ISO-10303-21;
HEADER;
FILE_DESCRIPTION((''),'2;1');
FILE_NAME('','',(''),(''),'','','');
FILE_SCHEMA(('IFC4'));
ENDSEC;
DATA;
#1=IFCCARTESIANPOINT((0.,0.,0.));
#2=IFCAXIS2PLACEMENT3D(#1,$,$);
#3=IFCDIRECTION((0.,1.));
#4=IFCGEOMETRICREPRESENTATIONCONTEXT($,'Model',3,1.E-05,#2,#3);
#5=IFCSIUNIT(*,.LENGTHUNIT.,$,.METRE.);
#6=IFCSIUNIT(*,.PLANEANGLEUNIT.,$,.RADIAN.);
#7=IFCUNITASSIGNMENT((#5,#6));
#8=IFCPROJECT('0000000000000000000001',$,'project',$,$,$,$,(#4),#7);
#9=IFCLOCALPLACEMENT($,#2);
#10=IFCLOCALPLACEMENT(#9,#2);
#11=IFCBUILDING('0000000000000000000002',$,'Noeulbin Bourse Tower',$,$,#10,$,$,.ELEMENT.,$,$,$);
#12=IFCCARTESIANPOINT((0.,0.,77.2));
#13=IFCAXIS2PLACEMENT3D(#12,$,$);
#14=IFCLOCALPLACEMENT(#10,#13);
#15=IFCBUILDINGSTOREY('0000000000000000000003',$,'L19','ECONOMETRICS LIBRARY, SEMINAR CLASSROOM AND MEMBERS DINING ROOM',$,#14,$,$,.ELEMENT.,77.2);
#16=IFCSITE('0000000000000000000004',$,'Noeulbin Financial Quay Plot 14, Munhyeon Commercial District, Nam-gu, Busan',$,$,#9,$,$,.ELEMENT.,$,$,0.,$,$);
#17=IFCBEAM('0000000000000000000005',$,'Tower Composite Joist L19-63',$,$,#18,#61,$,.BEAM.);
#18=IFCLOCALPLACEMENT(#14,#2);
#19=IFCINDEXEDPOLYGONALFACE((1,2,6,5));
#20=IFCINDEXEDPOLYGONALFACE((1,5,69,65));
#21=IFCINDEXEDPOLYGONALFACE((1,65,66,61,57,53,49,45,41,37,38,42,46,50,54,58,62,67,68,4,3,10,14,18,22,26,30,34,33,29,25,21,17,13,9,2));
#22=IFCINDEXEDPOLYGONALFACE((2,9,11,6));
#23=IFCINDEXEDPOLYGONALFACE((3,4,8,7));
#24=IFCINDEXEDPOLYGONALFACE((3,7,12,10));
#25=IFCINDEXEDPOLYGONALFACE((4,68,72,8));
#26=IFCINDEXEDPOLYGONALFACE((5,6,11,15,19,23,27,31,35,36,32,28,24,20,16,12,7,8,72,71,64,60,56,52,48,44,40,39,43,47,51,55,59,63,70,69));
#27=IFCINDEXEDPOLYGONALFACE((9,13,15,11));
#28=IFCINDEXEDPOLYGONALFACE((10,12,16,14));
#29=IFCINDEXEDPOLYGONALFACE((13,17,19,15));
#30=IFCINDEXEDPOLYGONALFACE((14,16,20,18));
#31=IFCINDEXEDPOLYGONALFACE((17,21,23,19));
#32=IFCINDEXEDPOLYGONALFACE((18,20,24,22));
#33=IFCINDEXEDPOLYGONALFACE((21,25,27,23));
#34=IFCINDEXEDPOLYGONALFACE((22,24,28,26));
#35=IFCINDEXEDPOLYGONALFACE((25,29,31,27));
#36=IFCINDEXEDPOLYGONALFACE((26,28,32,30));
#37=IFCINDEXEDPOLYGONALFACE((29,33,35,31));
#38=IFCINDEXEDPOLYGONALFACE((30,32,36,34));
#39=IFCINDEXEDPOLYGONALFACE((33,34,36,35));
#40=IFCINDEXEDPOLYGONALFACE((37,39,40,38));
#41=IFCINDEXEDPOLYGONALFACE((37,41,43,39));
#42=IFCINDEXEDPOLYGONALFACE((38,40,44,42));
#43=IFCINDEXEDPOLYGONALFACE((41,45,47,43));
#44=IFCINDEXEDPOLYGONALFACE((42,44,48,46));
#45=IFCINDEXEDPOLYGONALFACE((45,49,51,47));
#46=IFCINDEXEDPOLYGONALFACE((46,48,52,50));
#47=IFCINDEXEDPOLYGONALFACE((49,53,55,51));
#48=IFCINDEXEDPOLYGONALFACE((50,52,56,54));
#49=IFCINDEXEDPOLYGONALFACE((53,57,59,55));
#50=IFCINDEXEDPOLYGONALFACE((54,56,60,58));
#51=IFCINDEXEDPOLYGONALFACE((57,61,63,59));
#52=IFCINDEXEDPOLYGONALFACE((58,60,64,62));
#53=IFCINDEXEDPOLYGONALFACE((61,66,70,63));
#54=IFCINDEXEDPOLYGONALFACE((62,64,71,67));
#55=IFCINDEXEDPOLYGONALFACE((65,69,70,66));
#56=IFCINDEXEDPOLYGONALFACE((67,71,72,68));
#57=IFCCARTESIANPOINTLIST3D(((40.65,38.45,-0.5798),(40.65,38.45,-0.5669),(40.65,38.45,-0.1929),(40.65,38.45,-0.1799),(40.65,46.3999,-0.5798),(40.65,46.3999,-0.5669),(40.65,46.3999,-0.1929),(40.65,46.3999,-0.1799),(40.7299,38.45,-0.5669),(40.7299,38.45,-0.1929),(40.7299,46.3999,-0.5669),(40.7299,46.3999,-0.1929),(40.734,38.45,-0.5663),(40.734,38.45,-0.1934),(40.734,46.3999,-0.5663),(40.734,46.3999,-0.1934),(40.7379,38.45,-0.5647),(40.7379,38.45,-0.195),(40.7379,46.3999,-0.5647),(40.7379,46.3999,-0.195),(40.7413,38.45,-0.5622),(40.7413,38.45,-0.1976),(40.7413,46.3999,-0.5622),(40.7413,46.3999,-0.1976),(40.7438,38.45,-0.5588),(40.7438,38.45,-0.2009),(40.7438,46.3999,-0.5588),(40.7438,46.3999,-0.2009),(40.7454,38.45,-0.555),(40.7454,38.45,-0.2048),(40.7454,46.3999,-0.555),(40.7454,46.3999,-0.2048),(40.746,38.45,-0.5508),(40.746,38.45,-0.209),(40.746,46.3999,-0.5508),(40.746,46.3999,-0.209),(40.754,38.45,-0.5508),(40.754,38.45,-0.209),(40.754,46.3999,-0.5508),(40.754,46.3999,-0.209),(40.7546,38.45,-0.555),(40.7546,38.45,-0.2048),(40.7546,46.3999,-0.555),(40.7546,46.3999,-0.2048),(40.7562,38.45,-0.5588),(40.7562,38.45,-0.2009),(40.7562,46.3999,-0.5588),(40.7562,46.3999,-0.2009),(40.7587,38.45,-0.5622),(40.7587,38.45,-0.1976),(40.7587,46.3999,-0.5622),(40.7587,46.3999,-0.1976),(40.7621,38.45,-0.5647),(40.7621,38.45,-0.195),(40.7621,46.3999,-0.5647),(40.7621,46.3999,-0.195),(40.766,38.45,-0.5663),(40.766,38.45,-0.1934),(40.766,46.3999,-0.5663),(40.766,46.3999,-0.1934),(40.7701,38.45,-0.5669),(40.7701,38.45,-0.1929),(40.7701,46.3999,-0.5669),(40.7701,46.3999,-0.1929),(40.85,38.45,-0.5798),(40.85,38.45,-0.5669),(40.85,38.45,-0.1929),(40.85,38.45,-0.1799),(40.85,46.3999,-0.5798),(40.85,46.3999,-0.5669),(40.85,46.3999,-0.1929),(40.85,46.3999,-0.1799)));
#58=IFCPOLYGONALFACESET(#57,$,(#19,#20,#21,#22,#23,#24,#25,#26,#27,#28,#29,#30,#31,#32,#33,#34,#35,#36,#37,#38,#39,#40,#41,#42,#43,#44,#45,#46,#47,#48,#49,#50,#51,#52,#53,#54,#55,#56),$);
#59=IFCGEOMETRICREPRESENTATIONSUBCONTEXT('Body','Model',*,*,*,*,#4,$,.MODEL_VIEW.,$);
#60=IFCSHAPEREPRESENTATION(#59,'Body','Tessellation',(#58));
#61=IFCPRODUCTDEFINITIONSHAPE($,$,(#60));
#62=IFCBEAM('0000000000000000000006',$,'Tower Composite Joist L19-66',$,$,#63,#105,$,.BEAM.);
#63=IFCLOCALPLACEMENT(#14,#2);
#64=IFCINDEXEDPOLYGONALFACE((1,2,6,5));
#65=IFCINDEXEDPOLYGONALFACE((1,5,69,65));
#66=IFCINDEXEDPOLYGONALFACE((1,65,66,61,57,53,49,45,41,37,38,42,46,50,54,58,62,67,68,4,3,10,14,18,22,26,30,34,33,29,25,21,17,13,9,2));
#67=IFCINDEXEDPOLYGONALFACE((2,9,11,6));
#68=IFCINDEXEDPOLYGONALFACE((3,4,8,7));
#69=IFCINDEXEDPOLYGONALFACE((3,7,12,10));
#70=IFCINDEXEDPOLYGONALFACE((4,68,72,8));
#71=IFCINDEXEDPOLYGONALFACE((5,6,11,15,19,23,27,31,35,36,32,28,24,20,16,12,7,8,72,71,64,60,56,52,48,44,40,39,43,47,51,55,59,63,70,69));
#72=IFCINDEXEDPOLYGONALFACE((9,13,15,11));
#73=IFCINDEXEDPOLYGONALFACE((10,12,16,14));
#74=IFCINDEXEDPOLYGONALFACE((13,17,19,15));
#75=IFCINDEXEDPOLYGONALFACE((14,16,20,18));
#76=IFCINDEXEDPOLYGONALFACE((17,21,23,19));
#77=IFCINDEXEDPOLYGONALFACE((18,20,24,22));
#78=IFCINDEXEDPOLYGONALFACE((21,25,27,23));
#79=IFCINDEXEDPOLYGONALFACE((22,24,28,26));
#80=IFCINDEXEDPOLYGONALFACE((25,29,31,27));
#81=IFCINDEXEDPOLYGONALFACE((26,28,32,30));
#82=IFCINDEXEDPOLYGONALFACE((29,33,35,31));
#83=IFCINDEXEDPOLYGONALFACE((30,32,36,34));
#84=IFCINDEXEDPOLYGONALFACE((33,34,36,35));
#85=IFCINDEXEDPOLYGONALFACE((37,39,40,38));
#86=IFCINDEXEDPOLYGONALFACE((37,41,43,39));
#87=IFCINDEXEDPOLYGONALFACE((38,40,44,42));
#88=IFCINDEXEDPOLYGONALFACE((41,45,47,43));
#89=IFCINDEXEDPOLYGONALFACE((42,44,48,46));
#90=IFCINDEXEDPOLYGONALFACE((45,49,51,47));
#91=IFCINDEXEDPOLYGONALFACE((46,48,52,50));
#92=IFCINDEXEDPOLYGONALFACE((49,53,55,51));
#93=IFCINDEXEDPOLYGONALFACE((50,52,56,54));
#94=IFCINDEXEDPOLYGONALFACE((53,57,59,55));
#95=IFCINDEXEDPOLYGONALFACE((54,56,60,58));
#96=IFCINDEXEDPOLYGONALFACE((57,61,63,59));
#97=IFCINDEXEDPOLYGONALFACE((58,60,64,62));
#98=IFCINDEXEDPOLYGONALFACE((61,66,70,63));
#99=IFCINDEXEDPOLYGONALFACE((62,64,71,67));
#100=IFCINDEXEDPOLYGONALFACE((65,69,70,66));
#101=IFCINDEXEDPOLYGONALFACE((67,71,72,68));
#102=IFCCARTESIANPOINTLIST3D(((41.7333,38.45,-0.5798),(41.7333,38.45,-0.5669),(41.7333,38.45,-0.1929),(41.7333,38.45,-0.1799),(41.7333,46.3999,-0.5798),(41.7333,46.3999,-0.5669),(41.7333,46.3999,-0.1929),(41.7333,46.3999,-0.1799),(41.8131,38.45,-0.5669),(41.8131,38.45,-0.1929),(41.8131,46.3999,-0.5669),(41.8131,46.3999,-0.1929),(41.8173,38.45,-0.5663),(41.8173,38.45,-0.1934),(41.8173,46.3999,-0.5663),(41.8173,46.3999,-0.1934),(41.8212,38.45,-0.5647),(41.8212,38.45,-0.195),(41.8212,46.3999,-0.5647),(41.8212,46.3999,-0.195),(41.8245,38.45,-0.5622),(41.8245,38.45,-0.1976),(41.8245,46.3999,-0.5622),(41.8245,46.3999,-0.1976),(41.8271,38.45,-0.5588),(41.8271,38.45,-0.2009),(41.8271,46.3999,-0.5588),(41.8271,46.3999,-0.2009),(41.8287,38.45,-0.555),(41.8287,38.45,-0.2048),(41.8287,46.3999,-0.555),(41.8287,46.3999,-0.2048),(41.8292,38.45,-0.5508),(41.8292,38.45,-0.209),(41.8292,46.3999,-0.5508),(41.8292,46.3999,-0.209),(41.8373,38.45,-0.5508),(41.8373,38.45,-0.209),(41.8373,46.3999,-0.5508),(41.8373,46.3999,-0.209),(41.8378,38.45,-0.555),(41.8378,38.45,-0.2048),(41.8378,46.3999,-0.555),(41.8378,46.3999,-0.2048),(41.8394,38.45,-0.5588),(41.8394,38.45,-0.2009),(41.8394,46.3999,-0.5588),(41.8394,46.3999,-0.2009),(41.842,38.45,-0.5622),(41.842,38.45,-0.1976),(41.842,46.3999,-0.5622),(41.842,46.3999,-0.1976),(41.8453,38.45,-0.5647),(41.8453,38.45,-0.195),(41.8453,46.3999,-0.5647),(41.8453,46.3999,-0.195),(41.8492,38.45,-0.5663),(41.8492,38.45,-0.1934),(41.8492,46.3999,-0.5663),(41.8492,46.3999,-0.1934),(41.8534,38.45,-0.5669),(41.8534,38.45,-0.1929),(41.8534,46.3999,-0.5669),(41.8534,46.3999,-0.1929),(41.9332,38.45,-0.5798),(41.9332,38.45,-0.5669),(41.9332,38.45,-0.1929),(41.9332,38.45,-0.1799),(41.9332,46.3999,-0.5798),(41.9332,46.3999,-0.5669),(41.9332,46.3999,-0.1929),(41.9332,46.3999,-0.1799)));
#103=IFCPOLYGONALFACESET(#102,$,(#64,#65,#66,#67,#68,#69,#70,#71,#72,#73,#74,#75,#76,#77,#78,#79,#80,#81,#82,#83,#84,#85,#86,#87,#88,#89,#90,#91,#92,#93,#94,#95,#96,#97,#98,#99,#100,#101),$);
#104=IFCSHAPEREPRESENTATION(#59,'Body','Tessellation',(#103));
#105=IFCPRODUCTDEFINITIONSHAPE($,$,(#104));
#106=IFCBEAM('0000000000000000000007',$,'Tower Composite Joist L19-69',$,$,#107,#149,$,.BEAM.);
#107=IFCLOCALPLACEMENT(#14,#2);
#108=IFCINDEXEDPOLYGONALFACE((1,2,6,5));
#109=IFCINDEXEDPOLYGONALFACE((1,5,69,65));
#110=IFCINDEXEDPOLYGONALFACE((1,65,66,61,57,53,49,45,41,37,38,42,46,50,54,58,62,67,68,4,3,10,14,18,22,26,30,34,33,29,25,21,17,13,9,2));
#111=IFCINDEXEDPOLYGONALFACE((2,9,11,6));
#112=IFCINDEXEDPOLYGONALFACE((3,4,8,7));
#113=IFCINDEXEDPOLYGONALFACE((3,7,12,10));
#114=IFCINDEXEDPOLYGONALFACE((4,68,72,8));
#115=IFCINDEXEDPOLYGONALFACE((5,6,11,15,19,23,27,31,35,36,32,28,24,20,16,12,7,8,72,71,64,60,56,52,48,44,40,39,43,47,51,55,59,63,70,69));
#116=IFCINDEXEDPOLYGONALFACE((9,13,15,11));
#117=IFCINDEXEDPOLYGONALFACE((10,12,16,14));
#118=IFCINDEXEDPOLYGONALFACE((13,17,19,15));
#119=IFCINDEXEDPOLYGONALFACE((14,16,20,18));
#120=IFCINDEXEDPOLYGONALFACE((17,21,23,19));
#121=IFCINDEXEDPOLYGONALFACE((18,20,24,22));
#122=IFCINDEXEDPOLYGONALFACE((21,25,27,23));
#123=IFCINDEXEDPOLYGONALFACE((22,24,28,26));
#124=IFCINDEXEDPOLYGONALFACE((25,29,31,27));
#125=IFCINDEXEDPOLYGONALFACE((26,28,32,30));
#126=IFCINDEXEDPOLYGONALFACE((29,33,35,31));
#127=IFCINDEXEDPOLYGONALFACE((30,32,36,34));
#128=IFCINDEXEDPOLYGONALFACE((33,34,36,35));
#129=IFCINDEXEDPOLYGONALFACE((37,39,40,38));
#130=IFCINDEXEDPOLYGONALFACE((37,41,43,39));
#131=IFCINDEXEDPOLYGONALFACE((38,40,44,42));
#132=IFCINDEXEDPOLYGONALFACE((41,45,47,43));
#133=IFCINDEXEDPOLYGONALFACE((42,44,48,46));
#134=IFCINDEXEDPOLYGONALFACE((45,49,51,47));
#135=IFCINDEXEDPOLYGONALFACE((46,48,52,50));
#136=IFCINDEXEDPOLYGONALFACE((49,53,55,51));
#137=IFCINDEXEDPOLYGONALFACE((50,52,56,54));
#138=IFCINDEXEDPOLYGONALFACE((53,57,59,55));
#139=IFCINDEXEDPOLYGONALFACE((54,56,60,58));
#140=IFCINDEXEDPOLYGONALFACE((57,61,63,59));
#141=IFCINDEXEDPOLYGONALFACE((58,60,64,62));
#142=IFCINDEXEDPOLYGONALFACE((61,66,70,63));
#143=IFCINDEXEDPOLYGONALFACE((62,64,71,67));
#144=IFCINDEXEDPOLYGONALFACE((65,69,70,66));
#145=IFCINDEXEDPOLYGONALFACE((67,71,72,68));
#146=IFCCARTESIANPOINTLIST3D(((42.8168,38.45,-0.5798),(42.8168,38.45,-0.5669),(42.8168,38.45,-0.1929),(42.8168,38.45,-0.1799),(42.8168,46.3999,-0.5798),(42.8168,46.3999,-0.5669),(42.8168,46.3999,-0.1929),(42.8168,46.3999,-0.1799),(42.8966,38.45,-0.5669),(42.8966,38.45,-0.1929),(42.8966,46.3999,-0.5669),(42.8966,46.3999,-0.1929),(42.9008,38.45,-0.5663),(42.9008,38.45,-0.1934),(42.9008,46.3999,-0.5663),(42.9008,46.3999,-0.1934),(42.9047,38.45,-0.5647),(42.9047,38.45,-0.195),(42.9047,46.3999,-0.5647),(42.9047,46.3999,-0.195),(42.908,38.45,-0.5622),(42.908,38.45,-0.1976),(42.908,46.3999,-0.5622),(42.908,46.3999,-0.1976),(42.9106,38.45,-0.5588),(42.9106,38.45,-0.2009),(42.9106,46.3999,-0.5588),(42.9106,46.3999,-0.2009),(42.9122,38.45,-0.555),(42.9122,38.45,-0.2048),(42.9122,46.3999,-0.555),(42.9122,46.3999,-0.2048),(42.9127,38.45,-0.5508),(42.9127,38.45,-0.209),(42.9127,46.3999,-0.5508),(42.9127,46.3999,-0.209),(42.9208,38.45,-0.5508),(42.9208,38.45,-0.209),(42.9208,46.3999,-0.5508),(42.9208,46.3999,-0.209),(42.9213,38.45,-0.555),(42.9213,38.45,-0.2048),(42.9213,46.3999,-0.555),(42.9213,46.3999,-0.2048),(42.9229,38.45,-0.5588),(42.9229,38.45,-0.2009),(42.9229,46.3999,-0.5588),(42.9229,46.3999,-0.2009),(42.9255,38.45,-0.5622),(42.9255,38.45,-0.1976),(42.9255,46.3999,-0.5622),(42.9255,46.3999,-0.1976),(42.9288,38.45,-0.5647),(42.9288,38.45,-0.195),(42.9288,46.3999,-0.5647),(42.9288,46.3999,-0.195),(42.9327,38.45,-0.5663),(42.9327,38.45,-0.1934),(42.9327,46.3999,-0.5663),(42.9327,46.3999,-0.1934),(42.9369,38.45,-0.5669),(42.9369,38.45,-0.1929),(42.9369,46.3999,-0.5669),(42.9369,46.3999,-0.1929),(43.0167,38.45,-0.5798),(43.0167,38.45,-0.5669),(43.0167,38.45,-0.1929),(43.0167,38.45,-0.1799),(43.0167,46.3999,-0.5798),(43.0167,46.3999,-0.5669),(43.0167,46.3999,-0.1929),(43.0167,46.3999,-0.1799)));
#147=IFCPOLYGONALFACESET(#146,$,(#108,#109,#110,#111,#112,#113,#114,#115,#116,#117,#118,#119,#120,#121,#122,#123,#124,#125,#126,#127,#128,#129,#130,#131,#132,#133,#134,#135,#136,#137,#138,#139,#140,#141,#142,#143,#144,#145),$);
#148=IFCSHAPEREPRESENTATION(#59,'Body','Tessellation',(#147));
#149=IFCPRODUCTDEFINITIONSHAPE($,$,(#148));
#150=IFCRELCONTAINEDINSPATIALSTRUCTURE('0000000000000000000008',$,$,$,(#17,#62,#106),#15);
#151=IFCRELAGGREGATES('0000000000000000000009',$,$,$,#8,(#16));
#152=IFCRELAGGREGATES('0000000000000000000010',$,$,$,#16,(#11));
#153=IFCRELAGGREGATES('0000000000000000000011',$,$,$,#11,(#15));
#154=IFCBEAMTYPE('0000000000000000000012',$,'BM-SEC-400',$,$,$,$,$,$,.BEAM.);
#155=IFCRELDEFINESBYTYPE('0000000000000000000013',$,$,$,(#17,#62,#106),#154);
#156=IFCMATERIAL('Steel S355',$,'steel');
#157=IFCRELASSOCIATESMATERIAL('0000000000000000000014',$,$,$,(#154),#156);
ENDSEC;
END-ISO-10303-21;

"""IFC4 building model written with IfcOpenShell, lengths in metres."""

from ifc_helpers import new_model, si_unit, direction, frame, origin, origin_2d, place, context, subcontext, project, spatial, i_section, extrude, material, material_profile, profile_set, type_object, element, save


model = new_model("IFC4")

# Units and contexts
model_context = context("Model", 3, precision=1e-05, world=origin(), true_north=direction((0.0, 1.0)))
body_context = subcontext(model_context, "Body", "Model", "MODEL_VIEW")
ifc_project = project(units=[si_unit("LENGTHUNIT", "METRE"), si_unit("PLANEANGLEUNIT", "RADIAN")], contexts=[model_context])

# Site, building, storey
site_placement = place(None, origin())
site = spatial("IfcSite", under=ifc_project, at=site_placement, Name="Noeulbin Financial Quay Plot 14, Munhyeon Commercial District, Nam-gu, Busan", CompositionType="ELEMENT", RefElevation=0.0)
building_placement = place(site_placement, origin())
building = spatial("IfcBuilding", under=site, at=building_placement, Name="Noeulbin Bourse Tower", CompositionType="ELEMENT")
storey_placement = place(building_placement, frame((0.0, 0.0, 77.2)))
storey = spatial("IfcBuildingStorey", under=building, at=storey_placement, Name="L19", Description="ECONOMETRICS LIBRARY, SEMINAR CLASSROOM AND MEMBERS DINING ROOM", CompositionType="ELEMENT", Elevation=77.2)

# Beams
ifc_material_1 = material(Name="Steel S355", Category="steel")
ifc_material_profile_1 = material_profile(ifc_material_1, i_section(OverallWidth=0.2, OverallDepth=0.3999, WebThickness=0.0081, FlangeThickness=0.0129, FilletRadius=0.0161, at=origin_2d()), Name="H-400x200x8x13", Category="LoadBearing")
ifc_profile_set_1 = profile_set([ifc_material_profile_1], Name="Steel S355")
beam_type_1 = type_object("IfcBeamType", Name="BM-SEC-400", PredefinedType="BEAM", material=ifc_profile_set_1)
for number, where, z_axis, x_axis, name in (
    (1, (40.75, 38.45, -0.3799), (0.0, 1.0, 0.0), (-1.0, 0.0, 0.0), "Tower Composite Joist L19-63"),
    (2, (41.8333, 38.45, -0.3799), (0.0, 1.0, 0.0), (-1.0, 0.0, 0.0), "Tower Composite Joist L19-66"),
    (3, (42.9167, 38.45, -0.3799), (0.0, 1.0, 0.0), (-1.0, 0.0, 0.0), "Tower Composite Joist L19-69"),
):
    element("IfcBeam", number, at=place(storey_placement, frame(where, z_axis=z_axis, x_axis=x_axis)), inside=storey, type_object=beam_type_1, Name=name, PredefinedType="BEAM", context=body_context, shape_type="SweptSolid", body=[
        extrude(i_section(OverallWidth=0.2, OverallDepth=0.3999, WebThickness=0.0081, FlangeThickness=0.0129, FilletRadius=0.0161, at=origin_2d()), origin(), (0.0, 0.0, 1.0), 7.95),
    ])

save(model, "model.ifc")
